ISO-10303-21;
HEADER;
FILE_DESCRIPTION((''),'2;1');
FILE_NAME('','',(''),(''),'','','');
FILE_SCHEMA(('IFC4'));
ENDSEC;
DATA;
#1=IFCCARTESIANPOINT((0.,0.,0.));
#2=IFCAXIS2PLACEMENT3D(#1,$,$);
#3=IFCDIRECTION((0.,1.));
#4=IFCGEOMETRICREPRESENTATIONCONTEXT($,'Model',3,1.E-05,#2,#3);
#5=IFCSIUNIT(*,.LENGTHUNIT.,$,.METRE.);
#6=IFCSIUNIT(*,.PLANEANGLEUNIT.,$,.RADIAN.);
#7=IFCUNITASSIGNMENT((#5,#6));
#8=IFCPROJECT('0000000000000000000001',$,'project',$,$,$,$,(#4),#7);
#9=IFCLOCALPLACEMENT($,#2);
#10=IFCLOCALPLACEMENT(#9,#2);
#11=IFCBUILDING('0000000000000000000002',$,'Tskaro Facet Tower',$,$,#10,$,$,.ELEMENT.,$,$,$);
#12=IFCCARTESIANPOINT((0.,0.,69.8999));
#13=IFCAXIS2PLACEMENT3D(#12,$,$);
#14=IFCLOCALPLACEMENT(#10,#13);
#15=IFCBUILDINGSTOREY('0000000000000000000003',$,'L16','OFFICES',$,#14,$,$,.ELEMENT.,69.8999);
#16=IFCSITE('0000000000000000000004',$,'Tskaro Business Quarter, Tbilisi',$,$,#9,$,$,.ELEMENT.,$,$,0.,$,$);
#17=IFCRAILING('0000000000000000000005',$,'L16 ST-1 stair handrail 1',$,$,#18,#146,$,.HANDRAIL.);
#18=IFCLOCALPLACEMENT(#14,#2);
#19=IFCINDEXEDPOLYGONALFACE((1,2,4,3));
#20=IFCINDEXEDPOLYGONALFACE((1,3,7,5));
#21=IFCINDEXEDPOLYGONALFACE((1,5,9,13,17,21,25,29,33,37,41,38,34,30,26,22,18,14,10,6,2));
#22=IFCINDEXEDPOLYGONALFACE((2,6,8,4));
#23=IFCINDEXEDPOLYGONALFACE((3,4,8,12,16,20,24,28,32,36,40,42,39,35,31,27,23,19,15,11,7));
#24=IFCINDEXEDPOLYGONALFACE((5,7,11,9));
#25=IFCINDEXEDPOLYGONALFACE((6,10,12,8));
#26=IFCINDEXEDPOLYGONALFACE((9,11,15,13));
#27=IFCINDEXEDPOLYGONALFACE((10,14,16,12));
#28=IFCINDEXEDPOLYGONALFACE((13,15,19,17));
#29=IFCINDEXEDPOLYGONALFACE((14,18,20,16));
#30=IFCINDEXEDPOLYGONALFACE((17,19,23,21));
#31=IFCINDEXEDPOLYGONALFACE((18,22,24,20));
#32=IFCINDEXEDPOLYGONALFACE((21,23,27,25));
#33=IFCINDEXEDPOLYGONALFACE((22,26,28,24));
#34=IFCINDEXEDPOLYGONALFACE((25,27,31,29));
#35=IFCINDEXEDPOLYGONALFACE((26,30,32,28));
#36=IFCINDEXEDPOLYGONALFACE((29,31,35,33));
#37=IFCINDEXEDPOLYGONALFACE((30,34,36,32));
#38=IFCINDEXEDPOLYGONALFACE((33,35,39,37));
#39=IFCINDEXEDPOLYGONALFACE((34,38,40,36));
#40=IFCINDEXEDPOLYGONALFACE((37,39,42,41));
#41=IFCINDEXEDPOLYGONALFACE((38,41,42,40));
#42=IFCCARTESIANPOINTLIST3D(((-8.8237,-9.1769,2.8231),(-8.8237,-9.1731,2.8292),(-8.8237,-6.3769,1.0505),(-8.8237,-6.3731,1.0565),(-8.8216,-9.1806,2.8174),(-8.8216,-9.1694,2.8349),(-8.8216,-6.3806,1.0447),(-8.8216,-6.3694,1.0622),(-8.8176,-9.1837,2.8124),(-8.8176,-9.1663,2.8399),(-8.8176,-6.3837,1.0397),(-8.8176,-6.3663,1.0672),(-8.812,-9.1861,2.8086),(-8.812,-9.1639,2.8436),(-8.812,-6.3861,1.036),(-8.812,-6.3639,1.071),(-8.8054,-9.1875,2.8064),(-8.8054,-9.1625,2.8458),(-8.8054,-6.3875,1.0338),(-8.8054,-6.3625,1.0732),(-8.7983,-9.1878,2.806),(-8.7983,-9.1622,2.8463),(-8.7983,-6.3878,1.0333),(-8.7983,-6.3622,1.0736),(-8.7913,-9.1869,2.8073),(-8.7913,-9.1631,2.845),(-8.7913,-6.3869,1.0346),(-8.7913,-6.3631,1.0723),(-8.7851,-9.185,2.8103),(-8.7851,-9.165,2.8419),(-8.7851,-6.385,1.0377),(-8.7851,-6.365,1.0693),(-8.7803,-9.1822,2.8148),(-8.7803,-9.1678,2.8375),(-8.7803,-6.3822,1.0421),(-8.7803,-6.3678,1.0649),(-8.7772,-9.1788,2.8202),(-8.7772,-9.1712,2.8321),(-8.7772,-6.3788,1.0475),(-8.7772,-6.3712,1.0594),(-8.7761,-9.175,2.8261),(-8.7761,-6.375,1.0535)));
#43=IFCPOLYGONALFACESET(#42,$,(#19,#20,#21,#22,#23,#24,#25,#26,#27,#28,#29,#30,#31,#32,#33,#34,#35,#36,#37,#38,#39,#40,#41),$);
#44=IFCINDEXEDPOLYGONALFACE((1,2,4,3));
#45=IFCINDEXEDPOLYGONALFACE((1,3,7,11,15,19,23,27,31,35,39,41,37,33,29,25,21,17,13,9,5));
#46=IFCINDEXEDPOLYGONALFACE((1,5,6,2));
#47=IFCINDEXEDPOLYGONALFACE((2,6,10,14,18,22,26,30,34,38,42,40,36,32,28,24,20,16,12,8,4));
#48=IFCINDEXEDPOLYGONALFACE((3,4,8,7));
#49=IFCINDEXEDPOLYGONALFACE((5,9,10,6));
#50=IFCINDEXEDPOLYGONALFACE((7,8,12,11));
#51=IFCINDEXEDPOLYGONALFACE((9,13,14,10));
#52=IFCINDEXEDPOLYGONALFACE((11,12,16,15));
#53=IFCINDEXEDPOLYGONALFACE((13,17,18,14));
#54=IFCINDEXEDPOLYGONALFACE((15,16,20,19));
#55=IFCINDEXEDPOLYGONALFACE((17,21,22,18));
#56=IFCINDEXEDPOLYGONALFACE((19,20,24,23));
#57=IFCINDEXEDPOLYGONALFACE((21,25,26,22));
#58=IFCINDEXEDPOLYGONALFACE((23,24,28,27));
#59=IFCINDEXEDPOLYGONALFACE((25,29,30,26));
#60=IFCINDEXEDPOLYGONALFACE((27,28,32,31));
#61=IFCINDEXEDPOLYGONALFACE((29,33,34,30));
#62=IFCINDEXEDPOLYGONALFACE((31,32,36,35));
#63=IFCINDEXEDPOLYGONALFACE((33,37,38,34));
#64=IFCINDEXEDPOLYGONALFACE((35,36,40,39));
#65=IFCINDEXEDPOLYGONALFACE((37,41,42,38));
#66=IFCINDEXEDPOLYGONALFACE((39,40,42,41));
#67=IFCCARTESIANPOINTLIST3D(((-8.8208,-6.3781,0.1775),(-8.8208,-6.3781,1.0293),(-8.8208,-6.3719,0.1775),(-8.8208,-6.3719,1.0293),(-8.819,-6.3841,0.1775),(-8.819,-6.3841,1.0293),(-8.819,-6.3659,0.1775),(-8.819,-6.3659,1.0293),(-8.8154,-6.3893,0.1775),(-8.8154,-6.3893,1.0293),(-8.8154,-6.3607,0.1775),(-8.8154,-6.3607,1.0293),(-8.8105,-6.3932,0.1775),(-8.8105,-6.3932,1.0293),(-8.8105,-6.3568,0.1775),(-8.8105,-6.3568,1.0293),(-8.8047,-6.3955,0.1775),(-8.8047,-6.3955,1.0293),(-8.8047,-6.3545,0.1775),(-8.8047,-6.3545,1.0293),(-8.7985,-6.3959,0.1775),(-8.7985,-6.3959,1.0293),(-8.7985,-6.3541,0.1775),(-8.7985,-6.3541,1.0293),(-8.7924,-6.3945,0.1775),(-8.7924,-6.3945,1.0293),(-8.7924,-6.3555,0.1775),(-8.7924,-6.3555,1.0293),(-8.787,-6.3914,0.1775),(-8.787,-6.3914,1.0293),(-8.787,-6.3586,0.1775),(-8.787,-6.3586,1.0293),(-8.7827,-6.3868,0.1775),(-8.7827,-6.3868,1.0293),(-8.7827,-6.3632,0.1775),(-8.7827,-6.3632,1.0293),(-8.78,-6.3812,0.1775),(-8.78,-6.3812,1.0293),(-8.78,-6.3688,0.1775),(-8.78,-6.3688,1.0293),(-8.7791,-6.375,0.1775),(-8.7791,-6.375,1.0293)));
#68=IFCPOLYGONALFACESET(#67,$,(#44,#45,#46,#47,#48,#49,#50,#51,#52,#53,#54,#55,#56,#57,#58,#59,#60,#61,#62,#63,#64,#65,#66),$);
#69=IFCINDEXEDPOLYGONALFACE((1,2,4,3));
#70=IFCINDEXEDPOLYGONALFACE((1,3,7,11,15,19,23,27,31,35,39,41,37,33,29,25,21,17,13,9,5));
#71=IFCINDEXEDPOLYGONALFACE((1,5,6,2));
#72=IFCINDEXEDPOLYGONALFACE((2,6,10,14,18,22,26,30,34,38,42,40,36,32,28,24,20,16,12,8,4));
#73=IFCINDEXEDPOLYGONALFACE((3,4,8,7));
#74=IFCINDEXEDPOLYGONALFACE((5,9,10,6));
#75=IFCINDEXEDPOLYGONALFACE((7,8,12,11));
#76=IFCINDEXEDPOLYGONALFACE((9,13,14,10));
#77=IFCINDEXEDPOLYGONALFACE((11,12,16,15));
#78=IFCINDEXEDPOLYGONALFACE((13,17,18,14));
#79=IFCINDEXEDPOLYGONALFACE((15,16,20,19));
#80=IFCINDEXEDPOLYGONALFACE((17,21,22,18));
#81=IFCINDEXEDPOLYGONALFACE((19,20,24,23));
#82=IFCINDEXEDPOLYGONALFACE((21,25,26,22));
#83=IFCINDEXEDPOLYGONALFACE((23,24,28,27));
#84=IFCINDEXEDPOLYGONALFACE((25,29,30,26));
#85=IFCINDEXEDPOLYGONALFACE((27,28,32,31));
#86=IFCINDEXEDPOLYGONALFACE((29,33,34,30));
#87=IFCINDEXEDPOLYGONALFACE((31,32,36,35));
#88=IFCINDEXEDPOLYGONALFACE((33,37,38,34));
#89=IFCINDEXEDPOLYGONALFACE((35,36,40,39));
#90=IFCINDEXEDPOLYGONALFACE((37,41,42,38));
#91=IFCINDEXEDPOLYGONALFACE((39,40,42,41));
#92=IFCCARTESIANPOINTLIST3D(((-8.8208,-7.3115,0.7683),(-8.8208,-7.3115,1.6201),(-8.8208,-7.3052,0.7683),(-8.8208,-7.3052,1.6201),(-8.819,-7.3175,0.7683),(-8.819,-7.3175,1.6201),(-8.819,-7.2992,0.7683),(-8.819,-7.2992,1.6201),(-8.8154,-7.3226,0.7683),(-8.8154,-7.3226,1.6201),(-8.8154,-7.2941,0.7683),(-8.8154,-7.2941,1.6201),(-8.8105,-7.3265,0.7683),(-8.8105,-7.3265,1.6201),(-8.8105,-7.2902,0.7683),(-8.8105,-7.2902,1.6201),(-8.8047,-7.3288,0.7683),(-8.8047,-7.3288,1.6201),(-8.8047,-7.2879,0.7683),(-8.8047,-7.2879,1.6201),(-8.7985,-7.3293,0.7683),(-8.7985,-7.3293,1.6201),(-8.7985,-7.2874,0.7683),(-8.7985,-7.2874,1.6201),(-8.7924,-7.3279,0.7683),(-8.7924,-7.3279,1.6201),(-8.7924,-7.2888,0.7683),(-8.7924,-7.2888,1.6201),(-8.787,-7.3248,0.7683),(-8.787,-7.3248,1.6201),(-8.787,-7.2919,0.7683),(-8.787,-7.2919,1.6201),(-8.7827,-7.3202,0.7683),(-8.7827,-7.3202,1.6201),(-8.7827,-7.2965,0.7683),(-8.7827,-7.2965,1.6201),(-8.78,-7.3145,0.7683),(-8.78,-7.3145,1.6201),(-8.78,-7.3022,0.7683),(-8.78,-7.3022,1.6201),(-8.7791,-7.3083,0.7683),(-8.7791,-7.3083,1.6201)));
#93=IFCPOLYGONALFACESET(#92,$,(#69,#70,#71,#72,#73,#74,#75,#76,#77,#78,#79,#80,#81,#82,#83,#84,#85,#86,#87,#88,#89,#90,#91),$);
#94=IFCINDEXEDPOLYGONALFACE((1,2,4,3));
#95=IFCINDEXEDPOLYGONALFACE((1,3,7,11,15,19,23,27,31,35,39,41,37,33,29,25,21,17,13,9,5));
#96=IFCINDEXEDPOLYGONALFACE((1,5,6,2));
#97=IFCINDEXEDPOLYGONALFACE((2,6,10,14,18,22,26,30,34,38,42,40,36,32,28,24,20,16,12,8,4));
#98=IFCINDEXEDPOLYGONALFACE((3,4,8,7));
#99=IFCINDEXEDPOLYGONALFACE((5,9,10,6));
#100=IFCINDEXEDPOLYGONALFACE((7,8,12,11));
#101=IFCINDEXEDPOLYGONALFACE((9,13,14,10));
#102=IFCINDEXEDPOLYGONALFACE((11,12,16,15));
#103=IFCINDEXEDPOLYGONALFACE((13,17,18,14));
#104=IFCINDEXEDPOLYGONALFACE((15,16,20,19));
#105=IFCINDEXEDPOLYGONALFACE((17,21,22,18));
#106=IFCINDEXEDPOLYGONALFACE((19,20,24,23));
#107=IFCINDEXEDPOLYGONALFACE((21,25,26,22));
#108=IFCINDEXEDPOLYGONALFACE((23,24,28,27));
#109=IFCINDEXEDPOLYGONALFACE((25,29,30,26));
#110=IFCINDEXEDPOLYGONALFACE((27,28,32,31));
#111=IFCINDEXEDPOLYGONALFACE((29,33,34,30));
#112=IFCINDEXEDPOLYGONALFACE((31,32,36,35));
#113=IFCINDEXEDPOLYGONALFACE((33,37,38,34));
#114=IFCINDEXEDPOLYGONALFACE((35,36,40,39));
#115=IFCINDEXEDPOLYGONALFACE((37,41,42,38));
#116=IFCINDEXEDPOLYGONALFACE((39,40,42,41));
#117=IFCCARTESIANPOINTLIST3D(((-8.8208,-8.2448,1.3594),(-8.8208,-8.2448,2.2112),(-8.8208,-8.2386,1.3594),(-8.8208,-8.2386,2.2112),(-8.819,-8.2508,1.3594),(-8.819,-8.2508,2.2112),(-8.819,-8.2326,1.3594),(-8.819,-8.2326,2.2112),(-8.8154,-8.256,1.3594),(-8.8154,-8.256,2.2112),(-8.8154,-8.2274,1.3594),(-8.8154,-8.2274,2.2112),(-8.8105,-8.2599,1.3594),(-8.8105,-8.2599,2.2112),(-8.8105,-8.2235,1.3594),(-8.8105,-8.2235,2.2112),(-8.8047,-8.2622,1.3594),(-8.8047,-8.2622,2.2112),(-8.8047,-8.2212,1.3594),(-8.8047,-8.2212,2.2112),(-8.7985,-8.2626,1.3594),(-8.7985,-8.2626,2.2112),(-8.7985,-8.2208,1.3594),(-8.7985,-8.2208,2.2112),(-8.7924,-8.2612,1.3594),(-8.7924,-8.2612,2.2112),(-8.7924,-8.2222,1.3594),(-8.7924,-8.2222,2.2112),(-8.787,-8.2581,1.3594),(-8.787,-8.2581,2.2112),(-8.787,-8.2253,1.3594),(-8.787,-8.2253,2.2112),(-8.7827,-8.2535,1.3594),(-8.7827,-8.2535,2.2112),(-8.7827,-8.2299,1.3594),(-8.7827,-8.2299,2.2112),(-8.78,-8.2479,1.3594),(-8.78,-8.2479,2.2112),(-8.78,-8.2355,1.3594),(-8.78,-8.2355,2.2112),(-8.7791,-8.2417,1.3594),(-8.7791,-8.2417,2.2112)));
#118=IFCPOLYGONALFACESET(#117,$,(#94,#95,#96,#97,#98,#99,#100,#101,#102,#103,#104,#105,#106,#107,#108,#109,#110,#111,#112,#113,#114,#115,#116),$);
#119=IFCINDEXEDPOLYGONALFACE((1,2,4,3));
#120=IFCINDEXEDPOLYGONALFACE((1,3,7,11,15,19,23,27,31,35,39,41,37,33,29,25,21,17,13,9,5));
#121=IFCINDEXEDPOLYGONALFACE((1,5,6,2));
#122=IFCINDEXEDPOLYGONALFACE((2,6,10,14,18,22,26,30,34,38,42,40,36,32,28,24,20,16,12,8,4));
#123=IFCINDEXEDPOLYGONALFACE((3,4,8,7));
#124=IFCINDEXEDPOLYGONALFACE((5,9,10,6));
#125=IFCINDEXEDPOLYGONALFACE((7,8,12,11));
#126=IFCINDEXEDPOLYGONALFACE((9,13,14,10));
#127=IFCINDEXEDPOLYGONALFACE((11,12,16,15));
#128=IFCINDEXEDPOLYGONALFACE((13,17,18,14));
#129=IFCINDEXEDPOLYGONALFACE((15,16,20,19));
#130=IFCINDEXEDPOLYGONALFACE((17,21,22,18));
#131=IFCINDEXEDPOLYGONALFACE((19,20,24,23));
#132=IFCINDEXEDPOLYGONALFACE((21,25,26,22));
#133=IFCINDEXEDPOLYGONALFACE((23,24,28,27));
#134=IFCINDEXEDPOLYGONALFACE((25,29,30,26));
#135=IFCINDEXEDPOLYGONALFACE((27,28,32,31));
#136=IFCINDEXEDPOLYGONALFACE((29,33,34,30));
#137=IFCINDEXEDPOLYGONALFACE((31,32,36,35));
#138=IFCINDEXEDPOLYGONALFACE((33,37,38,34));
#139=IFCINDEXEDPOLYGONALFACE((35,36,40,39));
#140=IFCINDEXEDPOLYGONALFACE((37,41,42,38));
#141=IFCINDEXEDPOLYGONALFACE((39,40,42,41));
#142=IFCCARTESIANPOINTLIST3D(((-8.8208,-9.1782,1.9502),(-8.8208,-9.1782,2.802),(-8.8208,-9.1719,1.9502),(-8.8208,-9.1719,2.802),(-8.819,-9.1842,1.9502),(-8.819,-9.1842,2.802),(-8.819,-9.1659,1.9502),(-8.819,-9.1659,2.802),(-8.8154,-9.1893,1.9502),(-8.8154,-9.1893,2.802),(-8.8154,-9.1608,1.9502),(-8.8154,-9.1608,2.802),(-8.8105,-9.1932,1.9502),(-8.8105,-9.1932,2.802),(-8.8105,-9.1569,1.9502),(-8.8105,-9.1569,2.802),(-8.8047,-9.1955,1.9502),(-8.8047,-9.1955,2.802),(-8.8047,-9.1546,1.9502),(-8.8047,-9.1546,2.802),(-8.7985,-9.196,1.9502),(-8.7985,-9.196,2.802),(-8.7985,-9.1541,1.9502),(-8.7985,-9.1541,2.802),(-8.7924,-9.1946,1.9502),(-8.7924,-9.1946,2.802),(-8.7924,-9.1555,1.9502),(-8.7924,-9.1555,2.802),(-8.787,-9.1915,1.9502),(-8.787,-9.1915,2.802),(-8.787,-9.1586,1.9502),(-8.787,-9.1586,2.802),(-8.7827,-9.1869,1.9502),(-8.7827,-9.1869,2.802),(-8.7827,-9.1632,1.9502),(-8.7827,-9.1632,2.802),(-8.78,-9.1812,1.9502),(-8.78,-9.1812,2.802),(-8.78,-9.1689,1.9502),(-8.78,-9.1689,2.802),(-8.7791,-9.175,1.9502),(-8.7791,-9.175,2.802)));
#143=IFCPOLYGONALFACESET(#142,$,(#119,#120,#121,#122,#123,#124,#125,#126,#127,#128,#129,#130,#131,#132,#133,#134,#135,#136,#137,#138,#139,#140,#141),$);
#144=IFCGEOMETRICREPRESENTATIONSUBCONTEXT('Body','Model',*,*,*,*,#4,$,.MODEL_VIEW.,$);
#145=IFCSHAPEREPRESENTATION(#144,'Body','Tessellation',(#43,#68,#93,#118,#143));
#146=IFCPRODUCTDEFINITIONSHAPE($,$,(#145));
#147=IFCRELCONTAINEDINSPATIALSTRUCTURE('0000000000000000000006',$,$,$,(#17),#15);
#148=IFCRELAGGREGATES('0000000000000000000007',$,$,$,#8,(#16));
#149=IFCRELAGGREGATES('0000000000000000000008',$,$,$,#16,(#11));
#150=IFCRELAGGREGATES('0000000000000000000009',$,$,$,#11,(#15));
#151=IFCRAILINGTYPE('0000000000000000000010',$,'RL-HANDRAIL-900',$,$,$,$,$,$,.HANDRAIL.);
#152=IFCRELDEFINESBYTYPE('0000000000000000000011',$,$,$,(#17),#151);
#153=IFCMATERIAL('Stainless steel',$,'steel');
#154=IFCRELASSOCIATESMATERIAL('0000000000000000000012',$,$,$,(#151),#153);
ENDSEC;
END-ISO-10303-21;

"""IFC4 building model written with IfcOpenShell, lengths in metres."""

from ifc_helpers import new_model, si_unit, direction, frame, origin, origin_2d, place, context, subcontext, project, spatial, circle, extrude, material, type_object, element, save


model = new_model("IFC4")

# Units and contexts
model_context = context("Model", 3, precision=1e-05, world=origin(), true_north=direction((0.0, 1.0)))
body_context = subcontext(model_context, "Body", "Model", "MODEL_VIEW")
ifc_project = project(units=[si_unit("LENGTHUNIT", "METRE"), si_unit("PLANEANGLEUNIT", "RADIAN")], contexts=[model_context])

# Site, building, storey
site_placement = place(None, origin())
site = spatial("IfcSite", under=ifc_project, at=site_placement, Name="Tskaro Business Quarter, Tbilisi", CompositionType="ELEMENT", RefElevation=0.0)
building_placement = place(site_placement, origin())
building = spatial("IfcBuilding", under=site, at=building_placement, Name="Tskaro Facet Tower", CompositionType="ELEMENT")
storey_placement = place(building_placement, frame((0.0, 0.0, 69.8999)))
storey = spatial("IfcBuildingStorey", under=building, at=storey_placement, Name="L16", Description="OFFICES", CompositionType="ELEMENT", Elevation=69.8999)

# Shared definitions
ifc_material_1 = material(Name="Stainless steel", Category="steel")

# Railing
railing_type_1 = type_object("IfcRailingType", Name="RL-HANDRAIL-900", PredefinedType="HANDRAIL", material=ifc_material_1)
railing_1_placement = place(storey_placement, frame((-8.8, -6.375, 0.1775)))
element("IfcRailing", 1, at=railing_1_placement, inside=storey, type_object=railing_type_1, Name="L16 ST-1 stair handrail 1", PredefinedType="HANDRAIL", context=body_context, shape_type="SweptSolid", body=[
    extrude(circle(Radius=0.0239, at=origin_2d()), frame((0.0, 0.0, 0.876), z_axis=(0.0, -0.844909, 0.53491), x_axis=(1.0, 0.0, 0.0)), (0.0, 0.0, 1.0), 3.314),
    extrude(circle(Radius=0.021, at=origin_2d()), origin(), (0.0, 0.0, 1.0), 0.8518),
    extrude(circle(Radius=0.021, at=origin_2d()), frame((0.0, -0.9333, 0.5908)), (0.0, 0.0, 1.0), 0.8518),
    extrude(circle(Radius=0.021, at=origin_2d()), frame((0.0, -1.8667, 1.1819)), (0.0, 0.0, 1.0), 0.8518),
    extrude(circle(Radius=0.021, at=origin_2d()), frame((0.0, -2.8, 1.7727)), (0.0, 0.0, 1.0), 0.8518),
])

save(model, "model.ifc")
